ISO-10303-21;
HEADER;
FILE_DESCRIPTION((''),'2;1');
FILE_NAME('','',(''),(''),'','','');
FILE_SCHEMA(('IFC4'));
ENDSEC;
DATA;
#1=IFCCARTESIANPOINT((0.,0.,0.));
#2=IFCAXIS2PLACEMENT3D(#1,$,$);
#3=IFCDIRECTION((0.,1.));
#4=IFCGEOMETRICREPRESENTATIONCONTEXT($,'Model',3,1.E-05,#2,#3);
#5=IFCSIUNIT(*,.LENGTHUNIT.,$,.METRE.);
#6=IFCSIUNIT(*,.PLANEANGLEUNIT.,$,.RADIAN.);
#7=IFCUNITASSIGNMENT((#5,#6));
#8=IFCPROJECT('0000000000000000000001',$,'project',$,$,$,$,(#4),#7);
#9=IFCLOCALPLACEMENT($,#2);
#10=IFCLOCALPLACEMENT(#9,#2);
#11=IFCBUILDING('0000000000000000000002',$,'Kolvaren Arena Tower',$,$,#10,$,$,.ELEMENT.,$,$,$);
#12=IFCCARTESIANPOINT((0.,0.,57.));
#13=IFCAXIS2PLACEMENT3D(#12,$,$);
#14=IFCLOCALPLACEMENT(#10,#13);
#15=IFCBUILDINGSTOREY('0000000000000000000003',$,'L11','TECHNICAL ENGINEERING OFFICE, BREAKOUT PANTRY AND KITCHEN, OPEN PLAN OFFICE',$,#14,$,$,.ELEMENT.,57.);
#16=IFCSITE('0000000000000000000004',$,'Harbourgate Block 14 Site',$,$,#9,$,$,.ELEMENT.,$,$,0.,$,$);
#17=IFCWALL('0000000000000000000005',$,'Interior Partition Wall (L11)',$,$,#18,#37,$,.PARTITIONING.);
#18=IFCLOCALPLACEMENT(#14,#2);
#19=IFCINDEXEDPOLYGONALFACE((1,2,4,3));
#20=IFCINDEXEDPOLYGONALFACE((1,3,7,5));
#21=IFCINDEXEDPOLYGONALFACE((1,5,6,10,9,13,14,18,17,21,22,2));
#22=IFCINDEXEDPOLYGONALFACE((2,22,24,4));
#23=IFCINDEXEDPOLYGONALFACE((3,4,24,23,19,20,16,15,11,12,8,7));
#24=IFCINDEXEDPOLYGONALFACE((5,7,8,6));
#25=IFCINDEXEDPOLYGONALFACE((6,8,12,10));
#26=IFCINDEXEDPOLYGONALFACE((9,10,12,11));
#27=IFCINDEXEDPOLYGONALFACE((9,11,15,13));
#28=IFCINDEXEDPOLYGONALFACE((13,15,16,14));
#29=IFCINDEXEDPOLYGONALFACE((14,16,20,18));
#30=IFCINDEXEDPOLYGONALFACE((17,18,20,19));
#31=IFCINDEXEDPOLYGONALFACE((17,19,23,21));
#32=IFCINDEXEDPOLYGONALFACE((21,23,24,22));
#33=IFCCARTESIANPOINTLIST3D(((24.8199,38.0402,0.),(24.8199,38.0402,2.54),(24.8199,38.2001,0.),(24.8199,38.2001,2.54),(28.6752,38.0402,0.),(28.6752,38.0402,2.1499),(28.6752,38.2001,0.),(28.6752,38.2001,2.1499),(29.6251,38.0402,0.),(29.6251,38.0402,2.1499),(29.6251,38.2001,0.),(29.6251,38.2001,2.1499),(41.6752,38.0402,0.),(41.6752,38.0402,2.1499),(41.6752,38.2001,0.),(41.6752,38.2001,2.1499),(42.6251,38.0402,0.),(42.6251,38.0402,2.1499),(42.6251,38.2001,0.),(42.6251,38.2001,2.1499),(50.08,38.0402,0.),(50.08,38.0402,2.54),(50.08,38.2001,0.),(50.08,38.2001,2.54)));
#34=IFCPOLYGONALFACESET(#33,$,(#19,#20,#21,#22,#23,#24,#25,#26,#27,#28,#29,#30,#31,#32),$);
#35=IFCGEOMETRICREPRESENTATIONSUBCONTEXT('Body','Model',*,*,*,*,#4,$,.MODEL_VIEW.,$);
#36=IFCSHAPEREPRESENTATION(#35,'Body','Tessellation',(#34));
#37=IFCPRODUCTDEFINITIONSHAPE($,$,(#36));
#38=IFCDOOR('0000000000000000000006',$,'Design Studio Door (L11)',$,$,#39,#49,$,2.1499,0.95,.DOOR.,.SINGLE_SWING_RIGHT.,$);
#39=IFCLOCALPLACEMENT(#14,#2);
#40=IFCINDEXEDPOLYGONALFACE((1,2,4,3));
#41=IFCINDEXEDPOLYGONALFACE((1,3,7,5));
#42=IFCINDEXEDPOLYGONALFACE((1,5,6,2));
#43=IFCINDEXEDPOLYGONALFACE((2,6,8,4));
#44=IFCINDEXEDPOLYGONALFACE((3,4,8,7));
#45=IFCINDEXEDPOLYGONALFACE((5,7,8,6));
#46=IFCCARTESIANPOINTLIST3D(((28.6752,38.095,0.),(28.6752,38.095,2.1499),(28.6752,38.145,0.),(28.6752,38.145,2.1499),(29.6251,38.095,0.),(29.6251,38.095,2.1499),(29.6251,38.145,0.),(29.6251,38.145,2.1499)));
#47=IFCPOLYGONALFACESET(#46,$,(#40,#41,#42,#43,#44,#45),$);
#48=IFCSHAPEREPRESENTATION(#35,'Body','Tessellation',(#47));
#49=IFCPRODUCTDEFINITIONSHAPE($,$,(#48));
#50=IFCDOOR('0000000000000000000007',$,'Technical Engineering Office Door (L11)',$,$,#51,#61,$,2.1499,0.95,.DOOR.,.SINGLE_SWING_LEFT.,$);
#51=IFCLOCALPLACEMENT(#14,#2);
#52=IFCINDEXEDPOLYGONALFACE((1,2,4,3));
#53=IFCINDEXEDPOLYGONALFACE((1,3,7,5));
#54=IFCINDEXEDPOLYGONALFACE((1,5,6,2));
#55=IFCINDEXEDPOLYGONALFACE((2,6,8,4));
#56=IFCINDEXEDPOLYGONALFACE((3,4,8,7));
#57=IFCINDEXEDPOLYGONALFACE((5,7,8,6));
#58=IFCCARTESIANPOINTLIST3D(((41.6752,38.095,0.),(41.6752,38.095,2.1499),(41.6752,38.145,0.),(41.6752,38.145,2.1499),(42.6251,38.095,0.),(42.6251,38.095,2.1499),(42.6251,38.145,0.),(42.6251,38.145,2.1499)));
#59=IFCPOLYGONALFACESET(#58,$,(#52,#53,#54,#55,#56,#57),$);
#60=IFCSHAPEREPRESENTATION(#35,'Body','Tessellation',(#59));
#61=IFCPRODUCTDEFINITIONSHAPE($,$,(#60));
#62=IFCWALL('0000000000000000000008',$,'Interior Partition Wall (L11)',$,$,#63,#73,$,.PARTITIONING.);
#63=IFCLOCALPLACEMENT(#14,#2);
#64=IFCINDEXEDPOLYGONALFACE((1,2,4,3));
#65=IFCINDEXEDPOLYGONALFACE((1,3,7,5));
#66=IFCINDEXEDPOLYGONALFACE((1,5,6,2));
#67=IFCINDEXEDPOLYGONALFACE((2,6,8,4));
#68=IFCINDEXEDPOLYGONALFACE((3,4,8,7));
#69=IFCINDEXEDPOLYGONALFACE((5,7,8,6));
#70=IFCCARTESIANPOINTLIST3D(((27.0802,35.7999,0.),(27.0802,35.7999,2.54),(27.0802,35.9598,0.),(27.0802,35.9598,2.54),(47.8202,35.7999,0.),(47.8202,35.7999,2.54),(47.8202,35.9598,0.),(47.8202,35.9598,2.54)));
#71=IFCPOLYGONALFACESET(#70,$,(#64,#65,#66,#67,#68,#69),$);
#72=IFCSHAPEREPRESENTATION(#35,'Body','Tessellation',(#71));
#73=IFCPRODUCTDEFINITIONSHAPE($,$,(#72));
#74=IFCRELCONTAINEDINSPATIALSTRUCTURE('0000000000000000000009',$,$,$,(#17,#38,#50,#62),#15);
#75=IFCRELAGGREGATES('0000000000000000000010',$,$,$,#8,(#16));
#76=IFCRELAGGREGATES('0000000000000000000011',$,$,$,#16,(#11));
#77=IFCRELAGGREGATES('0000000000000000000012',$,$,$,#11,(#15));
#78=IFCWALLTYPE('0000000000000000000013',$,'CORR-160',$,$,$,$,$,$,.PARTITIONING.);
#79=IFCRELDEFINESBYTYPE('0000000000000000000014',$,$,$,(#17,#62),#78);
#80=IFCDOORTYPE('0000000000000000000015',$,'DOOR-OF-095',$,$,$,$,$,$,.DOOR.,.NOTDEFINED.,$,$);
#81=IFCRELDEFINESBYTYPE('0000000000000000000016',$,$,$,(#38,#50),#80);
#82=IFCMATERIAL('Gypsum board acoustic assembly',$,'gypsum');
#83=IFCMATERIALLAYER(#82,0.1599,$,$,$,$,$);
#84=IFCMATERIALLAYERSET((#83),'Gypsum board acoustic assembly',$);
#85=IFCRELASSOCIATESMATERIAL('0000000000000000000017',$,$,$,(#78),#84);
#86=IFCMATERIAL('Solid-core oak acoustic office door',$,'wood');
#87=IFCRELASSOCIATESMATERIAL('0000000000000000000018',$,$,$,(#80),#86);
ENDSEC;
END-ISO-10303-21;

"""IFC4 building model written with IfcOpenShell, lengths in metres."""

from ifc_helpers import new_model, si_unit, direction, frame, frame_2d, origin, place, context, subcontext, project, spatial, rectangle, extrude, material, layer, layer_set, type_object, element, fill, save


model = new_model("IFC4")

# Units and contexts
model_context = context("Model", 3, precision=1e-05, world=origin(), true_north=direction((0.0, 1.0)))
body_context = subcontext(model_context, "Body", "Model", "MODEL_VIEW")
ifc_project = project(units=[si_unit("LENGTHUNIT", "METRE"), si_unit("PLANEANGLEUNIT", "RADIAN")], contexts=[model_context])

# Site, building, storey
site_placement = place(None, origin())
site = spatial("IfcSite", under=ifc_project, at=site_placement, Name="Harbourgate Block 14 Site", CompositionType="ELEMENT", RefElevation=0.0)
building_placement = place(site_placement, origin())
building = spatial("IfcBuilding", under=site, at=building_placement, Name="Kolvaren Arena Tower", CompositionType="ELEMENT")
storey_placement = place(building_placement, frame((0.0, 0.0, 57.0)))
storey = spatial("IfcBuildingStorey", under=building, at=storey_placement, Name="L11", Description="TECHNICAL ENGINEERING OFFICE, BREAKOUT PANTRY AND KITCHEN, OPEN PLAN OFFICE", CompositionType="ELEMENT", Elevation=57.0)

# Shared definitions
ifc_material_1 = material(Name="Gypsum board acoustic assembly", Category="gypsum")
ifc_layer = layer(ifc_material_1, 0.1599)
ifc_layer_set = layer_set([ifc_layer], Name="Gypsum board acoustic assembly")
wall_type = type_object("IfcWallType", Name="CORR-160", PredefinedType="PARTITIONING", material=ifc_layer_set)

# Wall, openings, doors
wall_1_placement = place(storey_placement, frame((24.8201, 38.1201, 0.0), z_axis=(0.0, 0.0, 1.0), x_axis=(1.0, 0.0, 0.0)))
wall_1 = element("IfcWall", 1, at=wall_1_placement, inside=storey, type_object=wall_type, Name="Interior Partition Wall (L11)", PredefinedType="PARTITIONING", context=body_context, shape_type="SweptSolid", body=[
    extrude(rectangle(XDim=25.26, YDim=0.1599, at=frame_2d((12.6299, 0.0))), origin(), (0.0, 0.0, 1.0), 2.54),
])
opening_1_placement = place(wall_1_placement, frame((3.855, 0.0, 0.0)))
opening_1 = element("IfcOpeningElement", 2, at=opening_1_placement, cuts=wall_1, PredefinedType="OPENING", context=body_context, shape_type="SweptSolid", body=[
    extrude(rectangle(XDim=0.95, YDim=2.1499, at=frame_2d((0.4751, 1.075))), frame((0.0, 0.0898, 0.0), z_axis=(0.0, -1.0, 0.0), x_axis=(1.0, 0.0, 0.0)), (0.0, 0.0, 1.0), 0.1799),
])
opening_2_placement = place(wall_1_placement, frame((16.855, 0.0, 0.0)))
opening_2 = element("IfcOpeningElement", 3, at=opening_2_placement, cuts=wall_1, PredefinedType="OPENING", context=body_context, shape_type="SweptSolid", body=[
    extrude(rectangle(XDim=0.95, YDim=2.1499, at=frame_2d((0.4751, 1.075))), frame((0.0, 0.0898, 0.0), z_axis=(0.0, -1.0, 0.0), x_axis=(1.0, 0.0, 0.0)), (0.0, 0.0, 1.0), 0.1799),
])
ifc_material_2 = material(Name="Solid-core oak acoustic office door", Category="wood")
door_type = type_object("IfcDoorType", Name="DOOR-OF-095", OperationType="NOTDEFINED", PredefinedType="DOOR", material=ifc_material_2)
door_1_placement = place(opening_1_placement, origin())
door_1 = element("IfcDoor", 4, at=door_1_placement, inside=storey, type_object=door_type, Name="Design Studio Door (L11)", OperationType="SINGLE_SWING_RIGHT", OverallHeight=2.1499, OverallWidth=0.95, PredefinedType="DOOR", context=body_context, shape_type="SweptSolid", body=[
    extrude(rectangle(XDim=0.95, YDim=2.1499, at=frame_2d((0.4751, 1.075))), frame((0.0, 0.0249, 0.0), z_axis=(0.0, -1.0, 0.0), x_axis=(1.0, 0.0, 0.0)), (0.0, 0.0, 1.0), 0.05),
])
fill(opening_1, door_1)
door_2_placement = place(opening_2_placement, origin())
door_2 = element("IfcDoor", 5, at=door_2_placement, inside=storey, type_object=door_type, Name="Technical Engineering Office Door (L11)", OperationType="SINGLE_SWING_LEFT", OverallHeight=2.1499, OverallWidth=0.95, PredefinedType="DOOR", context=body_context, shape_type="SweptSolid", body=[
    extrude(rectangle(XDim=0.95, YDim=2.1499, at=frame_2d((0.4751, 1.075))), frame((0.0, 0.0249, 0.0), z_axis=(0.0, -1.0, 0.0), x_axis=(1.0, 0.0, 0.0)), (0.0, 0.0, 1.0), 0.05),
])
fill(opening_2, door_2)

# Wall
wall_2_placement = place(storey_placement, frame((27.0801, 35.8799, 0.0), z_axis=(0.0, 0.0, 1.0), x_axis=(1.0, 0.0, 0.0)))
element("IfcWall", 6, at=wall_2_placement, inside=storey, type_object=wall_type, Name="Interior Partition Wall (L11)", PredefinedType="PARTITIONING", context=body_context, shape_type="SweptSolid", body=[
    extrude(rectangle(XDim=20.74, YDim=0.1599, at=frame_2d((10.3701, 0.0))), origin(), (0.0, 0.0, 1.0), 2.54),
])

save(model, "model.ifc")
